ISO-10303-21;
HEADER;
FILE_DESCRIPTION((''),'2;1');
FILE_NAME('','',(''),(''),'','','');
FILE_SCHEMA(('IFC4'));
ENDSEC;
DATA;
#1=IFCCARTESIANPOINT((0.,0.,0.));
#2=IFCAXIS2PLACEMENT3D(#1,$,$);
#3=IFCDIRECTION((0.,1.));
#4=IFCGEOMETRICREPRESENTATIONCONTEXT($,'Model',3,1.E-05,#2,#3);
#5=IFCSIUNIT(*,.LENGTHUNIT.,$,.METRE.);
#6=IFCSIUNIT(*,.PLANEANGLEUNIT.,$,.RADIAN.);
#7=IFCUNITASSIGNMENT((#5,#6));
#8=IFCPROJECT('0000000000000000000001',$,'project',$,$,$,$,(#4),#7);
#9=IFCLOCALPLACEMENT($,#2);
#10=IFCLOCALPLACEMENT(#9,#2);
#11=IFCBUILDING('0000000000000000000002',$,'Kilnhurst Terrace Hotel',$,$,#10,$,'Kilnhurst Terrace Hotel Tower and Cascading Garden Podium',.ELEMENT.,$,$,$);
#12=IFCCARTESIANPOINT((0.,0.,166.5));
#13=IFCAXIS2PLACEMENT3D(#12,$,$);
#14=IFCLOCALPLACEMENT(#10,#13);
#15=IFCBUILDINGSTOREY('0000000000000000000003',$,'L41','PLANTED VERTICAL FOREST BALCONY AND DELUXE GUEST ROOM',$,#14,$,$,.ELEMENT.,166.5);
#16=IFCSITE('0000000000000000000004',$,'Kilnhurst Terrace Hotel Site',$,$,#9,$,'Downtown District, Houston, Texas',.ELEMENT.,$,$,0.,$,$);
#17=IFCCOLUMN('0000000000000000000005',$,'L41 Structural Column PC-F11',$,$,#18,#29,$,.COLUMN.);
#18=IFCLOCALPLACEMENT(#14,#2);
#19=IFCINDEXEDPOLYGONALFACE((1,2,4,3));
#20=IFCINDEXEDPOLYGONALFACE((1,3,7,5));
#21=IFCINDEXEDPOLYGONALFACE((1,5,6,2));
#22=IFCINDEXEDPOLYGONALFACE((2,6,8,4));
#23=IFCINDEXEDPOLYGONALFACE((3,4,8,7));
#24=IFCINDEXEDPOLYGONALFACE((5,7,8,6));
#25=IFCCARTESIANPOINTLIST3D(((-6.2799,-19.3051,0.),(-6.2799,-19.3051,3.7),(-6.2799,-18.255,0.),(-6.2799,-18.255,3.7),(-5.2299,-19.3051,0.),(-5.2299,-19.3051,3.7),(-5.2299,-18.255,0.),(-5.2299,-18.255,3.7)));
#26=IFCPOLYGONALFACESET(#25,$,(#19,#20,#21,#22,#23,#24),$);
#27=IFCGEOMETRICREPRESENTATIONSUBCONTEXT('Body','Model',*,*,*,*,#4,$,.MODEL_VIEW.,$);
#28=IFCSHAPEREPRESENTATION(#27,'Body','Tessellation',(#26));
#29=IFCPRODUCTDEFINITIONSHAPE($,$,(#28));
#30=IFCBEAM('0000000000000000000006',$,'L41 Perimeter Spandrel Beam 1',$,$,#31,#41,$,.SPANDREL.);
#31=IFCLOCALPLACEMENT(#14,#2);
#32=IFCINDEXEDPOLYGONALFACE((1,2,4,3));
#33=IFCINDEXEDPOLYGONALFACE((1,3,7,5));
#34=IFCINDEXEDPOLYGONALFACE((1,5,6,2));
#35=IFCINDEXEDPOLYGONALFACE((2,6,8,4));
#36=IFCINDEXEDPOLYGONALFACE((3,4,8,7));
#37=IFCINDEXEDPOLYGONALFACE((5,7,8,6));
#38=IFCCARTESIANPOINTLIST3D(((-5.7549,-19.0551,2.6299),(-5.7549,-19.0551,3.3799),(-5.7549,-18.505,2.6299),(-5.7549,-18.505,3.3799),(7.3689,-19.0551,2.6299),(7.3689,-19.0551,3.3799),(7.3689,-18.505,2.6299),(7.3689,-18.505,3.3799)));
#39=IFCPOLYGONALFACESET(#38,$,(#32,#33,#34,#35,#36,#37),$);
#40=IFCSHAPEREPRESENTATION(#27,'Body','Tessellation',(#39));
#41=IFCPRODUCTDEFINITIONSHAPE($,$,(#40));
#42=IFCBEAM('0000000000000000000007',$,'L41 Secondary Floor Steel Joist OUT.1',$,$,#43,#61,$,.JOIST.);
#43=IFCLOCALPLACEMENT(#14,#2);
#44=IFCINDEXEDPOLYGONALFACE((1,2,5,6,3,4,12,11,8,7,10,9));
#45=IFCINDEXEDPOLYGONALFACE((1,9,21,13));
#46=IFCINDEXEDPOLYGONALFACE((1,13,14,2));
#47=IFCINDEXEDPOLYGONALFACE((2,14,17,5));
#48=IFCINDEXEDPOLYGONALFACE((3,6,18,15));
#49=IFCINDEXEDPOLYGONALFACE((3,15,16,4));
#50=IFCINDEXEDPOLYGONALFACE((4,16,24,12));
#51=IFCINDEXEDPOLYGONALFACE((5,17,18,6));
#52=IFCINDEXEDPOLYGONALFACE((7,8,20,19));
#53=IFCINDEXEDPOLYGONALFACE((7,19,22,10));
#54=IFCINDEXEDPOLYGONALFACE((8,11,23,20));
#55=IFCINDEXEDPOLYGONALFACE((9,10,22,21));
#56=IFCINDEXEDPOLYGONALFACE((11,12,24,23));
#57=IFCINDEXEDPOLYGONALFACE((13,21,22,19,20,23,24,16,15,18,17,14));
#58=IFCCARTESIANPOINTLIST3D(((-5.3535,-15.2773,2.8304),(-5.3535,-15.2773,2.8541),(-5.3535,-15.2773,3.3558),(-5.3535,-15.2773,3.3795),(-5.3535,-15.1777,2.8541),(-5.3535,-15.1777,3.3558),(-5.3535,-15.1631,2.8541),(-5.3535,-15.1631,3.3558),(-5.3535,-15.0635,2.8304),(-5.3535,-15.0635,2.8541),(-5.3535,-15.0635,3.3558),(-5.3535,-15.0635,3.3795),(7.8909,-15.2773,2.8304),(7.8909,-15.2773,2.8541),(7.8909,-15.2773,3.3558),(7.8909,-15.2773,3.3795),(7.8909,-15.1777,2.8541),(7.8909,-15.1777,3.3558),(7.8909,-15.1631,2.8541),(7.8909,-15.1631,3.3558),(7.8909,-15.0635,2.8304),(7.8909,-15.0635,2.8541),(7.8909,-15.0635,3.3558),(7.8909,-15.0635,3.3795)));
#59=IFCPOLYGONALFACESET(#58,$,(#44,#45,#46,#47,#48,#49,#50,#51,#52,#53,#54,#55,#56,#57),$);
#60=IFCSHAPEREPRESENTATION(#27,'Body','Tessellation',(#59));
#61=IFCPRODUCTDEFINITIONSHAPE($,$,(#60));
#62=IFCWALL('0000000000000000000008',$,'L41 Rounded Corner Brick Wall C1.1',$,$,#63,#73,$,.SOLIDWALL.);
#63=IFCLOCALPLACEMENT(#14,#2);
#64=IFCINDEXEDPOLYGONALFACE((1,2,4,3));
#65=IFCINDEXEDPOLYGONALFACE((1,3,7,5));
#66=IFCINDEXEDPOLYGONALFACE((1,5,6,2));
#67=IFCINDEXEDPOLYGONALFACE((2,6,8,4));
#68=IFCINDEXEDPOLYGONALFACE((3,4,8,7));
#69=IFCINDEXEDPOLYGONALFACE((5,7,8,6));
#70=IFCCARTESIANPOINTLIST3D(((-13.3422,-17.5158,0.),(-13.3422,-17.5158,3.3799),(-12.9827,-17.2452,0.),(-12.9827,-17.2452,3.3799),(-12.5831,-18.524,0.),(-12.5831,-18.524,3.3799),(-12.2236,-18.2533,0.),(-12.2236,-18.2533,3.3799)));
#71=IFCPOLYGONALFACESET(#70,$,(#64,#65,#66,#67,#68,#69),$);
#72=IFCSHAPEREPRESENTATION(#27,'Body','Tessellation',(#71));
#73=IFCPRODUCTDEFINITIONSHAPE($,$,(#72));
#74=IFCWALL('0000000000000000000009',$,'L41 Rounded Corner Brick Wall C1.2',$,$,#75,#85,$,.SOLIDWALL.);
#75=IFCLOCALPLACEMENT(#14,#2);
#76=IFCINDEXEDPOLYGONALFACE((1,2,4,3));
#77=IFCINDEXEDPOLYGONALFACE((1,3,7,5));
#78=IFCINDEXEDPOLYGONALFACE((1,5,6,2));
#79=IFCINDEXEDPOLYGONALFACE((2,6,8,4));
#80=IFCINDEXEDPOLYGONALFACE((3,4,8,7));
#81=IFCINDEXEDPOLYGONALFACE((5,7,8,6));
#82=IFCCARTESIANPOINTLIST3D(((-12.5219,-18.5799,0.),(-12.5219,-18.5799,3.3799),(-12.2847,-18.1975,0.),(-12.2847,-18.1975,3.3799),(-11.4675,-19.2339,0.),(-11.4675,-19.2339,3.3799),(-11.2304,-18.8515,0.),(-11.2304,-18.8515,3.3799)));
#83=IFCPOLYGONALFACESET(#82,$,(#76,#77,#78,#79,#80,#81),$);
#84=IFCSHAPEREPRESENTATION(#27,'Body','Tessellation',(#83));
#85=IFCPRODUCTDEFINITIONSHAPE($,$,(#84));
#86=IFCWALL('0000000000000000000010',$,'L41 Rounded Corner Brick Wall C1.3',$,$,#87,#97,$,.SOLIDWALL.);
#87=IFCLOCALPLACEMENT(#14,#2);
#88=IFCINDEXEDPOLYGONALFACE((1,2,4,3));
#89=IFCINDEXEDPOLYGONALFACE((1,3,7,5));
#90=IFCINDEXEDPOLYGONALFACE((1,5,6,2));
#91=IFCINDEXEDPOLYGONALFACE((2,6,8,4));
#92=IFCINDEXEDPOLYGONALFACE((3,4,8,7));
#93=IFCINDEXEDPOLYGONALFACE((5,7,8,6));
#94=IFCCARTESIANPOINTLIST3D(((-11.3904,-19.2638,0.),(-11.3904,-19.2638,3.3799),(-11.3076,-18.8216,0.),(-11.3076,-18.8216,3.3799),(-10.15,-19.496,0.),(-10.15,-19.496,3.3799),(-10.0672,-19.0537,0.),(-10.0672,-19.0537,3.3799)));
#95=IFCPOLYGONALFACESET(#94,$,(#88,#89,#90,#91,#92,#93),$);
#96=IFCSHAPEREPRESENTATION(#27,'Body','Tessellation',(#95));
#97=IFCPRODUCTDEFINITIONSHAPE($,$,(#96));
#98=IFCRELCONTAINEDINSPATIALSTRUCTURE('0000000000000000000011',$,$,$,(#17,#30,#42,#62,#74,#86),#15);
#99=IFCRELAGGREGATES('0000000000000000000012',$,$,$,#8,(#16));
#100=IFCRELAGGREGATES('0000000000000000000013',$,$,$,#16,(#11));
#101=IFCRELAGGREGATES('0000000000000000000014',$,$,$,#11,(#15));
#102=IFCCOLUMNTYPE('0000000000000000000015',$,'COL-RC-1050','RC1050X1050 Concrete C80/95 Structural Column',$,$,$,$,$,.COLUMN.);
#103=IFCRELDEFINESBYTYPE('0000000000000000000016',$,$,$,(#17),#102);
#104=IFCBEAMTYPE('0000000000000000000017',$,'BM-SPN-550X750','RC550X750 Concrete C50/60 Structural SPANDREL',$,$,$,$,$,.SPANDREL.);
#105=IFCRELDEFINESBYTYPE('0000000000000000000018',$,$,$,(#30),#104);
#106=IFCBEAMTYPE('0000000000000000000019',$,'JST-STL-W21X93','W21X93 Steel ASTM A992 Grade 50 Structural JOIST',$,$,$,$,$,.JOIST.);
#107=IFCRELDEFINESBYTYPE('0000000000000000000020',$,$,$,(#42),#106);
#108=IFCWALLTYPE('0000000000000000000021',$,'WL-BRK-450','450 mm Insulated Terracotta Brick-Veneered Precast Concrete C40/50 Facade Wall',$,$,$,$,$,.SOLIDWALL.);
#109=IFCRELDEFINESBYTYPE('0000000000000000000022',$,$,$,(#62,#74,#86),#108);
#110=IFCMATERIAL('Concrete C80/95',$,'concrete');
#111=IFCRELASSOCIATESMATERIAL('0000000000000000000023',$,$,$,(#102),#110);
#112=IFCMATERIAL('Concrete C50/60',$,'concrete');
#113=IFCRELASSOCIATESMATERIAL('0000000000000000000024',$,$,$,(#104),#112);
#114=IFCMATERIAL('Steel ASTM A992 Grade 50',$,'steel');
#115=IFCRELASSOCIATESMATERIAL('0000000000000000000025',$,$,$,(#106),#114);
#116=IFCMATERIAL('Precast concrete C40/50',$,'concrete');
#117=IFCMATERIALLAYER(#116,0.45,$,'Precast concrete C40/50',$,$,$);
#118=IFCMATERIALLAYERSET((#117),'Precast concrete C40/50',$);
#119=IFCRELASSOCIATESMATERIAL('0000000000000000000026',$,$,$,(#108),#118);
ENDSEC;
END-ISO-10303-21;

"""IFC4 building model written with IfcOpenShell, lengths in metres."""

from ifc_helpers import new_model, si_unit, direction, frame, frame_2d, origin, origin_2d, place, context, subcontext, project, spatial, rectangle, i_section, extrude, material, layer, layer_set, material_profile, profile_set, type_object, element, save


model = new_model("IFC4")

# Units and contexts
model_context = context("Model", 3, precision=1e-05, world=origin(), true_north=direction((0.0, 1.0)))
body_context = subcontext(model_context, "Body", "Model", "MODEL_VIEW")
ifc_project = project(units=[si_unit("LENGTHUNIT", "METRE"), si_unit("PLANEANGLEUNIT", "RADIAN")], contexts=[model_context])

# Site, building, storey
site_placement = place(None, origin())
site = spatial("IfcSite", under=ifc_project, at=site_placement, Name="Kilnhurst Terrace Hotel Site", LongName="Downtown District, Houston, Texas", CompositionType="ELEMENT", RefElevation=0.0)
building_placement = place(site_placement, origin())
building = spatial("IfcBuilding", under=site, at=building_placement, Name="Kilnhurst Terrace Hotel", LongName="Kilnhurst Terrace Hotel Tower and Cascading Garden Podium", CompositionType="ELEMENT")
storey_placement = place(building_placement, frame((0.0, 0.0, 166.5)))
storey = spatial("IfcBuildingStorey", under=building, at=storey_placement, Name="L41", Description="PLANTED VERTICAL FOREST BALCONY AND DELUXE GUEST ROOM", CompositionType="ELEMENT", Elevation=166.5)

# Column
ifc_material_1 = material(Name="Concrete C80/95", Category="concrete")
ifc_material_profile_1 = material_profile(ifc_material_1, rectangle(XDim=1.05, YDim=1.05, at=origin_2d()), Name="RC1050X1050")
ifc_profile_set_1 = profile_set([ifc_material_profile_1], Name="Concrete C80/95")
column_type = type_object("IfcColumnType", Name="COL-RC-1050", Description="RC1050X1050 Concrete C80/95 Structural Column", PredefinedType="COLUMN", material=ifc_profile_set_1)
column_placement = place(storey_placement, frame((-5.7549, -18.78, 0.0), z_axis=(0.0, 0.0, 1.0), x_axis=(1.0, 0.0, 0.0)))
element("IfcColumn", 1, at=column_placement, inside=storey, type_object=column_type, Name="L41 Structural Column PC-F11", PredefinedType="COLUMN", context=body_context, shape_type="SweptSolid", body=[
    extrude(rectangle(XDim=1.05, YDim=1.05, at=origin_2d()), origin(), (0.0, 0.0, 1.0), 3.7),
])

# Beams
ifc_material_2 = material(Name="Concrete C50/60", Category="concrete")
ifc_material_profile_2 = material_profile(ifc_material_2, rectangle(XDim=0.55, YDim=0.75, at=origin_2d()), Name="RC550X750")
ifc_profile_set_2 = profile_set([ifc_material_profile_2], Name="Concrete C50/60")
beam_type_1 = type_object("IfcBeamType", Name="BM-SPN-550X750", Description="RC550X750 Concrete C50/60 Structural SPANDREL", PredefinedType="SPANDREL", material=ifc_profile_set_2)
beam_1_placement = place(storey_placement, frame((-5.7549, -18.78, 3.0049), z_axis=(1.0, 0.0, 0.0), x_axis=(0.0, 1.0, 0.0)))
element("IfcBeam", 2, at=beam_1_placement, inside=storey, type_object=beam_type_1, Name="L41 Perimeter Spandrel Beam 1", PredefinedType="SPANDREL", context=body_context, shape_type="SweptSolid", body=[
    extrude(rectangle(XDim=0.55, YDim=0.75, at=origin_2d()), origin(), (0.0, 0.0, 1.0), 13.1238),
])
ifc_material_3 = material(Name="Steel ASTM A992 Grade 50", Category="steel")
ifc_material_profile_3 = material_profile(ifc_material_3, i_section(OverallWidth=0.2139, OverallDepth=0.5491, WebThickness=0.0146, FlangeThickness=0.0237, at=origin_2d()), Name="W21X93")
ifc_profile_set_3 = profile_set([ifc_material_profile_3], Name="Steel ASTM A992 Grade 50")
beam_type_2 = type_object("IfcBeamType", Name="JST-STL-W21X93", Description="W21X93 Steel ASTM A992 Grade 50 Structural JOIST", PredefinedType="JOIST", material=ifc_profile_set_3)
beam_2_placement = place(storey_placement, frame((-5.3535, -15.1704, 3.105), z_axis=(1.0, 0.0, 0.0), x_axis=(0.0, 1.0, 0.0)))
element("IfcBeam", 3, at=beam_2_placement, inside=storey, type_object=beam_type_2, Name="L41 Secondary Floor Steel Joist OUT.1", PredefinedType="JOIST", context=body_context, shape_type="SweptSolid", body=[
    extrude(i_section(OverallWidth=0.2139, OverallDepth=0.5491, WebThickness=0.0146, FlangeThickness=0.0237, at=origin_2d()), origin(), (0.0, 0.0, 1.0), 13.2444),
])

# Walls
ifc_material_4 = material(Name="Precast concrete C40/50", Category="concrete")
ifc_layer_1 = layer(ifc_material_4, 0.45, Name="Precast concrete C40/50")
ifc_layer_set_1 = layer_set([ifc_layer_1], Name="Precast concrete C40/50")
wall_type_1 = type_object("IfcWallType", Name="WL-BRK-450", Description="450 mm Insulated Terracotta Brick-Veneered Precast Concrete C40/50 Facade Wall", PredefinedType="SOLIDWALL", material=ifc_layer_set_1)
wall_1_placement = place(storey_placement, frame((-13.1624, -17.3806, 0.0), z_axis=(0.0, 0.0, 1.0), x_axis=(0.601516, -0.798861, 0.0)))
element("IfcWall", 4, at=wall_1_placement, inside=storey, type_object=wall_type_1, Name="L41 Rounded Corner Brick Wall C1.1", PredefinedType="SOLIDWALL", context=body_context, shape_type="SweptSolid", body=[
    extrude(rectangle(XDim=1.262, YDim=0.45, at=frame_2d((0.6309, 0.0))), origin(), (0.0, 0.0, 1.0), 3.3799),
])
wall_2_placement = place(storey_placement, frame((-12.4033, -18.3887, 0.0), z_axis=(0.0, 0.0, 1.0), x_axis=(0.849795, -0.527113, 0.0)))
element("IfcWall", 5, at=wall_2_placement, inside=storey, type_object=wall_type_1, Name="L41 Rounded Corner Brick Wall C1.2", PredefinedType="SOLIDWALL", context=body_context, shape_type="SweptSolid", body=[
    extrude(rectangle(XDim=1.2407, YDim=0.45, at=frame_2d((0.6204, 0.0))), origin(), (0.0, 0.0, 1.0), 3.3799),
])
wall_3_placement = place(storey_placement, frame((-11.3489, -19.0427, 0.0), z_axis=(0.0, 0.0, 1.0), x_axis=(0.982931, -0.183973, 0.0)))
element("IfcWall", 6, at=wall_3_placement, inside=storey, type_object=wall_type_1, Name="L41 Rounded Corner Brick Wall C1.3", PredefinedType="SOLIDWALL", context=body_context, shape_type="SweptSolid", body=[
    extrude(rectangle(XDim=1.262, YDim=0.45, at=frame_2d((0.6309, 0.0))), origin(), (0.0, 0.0, 1.0), 3.3799),
])

save(model, "model.ifc")
